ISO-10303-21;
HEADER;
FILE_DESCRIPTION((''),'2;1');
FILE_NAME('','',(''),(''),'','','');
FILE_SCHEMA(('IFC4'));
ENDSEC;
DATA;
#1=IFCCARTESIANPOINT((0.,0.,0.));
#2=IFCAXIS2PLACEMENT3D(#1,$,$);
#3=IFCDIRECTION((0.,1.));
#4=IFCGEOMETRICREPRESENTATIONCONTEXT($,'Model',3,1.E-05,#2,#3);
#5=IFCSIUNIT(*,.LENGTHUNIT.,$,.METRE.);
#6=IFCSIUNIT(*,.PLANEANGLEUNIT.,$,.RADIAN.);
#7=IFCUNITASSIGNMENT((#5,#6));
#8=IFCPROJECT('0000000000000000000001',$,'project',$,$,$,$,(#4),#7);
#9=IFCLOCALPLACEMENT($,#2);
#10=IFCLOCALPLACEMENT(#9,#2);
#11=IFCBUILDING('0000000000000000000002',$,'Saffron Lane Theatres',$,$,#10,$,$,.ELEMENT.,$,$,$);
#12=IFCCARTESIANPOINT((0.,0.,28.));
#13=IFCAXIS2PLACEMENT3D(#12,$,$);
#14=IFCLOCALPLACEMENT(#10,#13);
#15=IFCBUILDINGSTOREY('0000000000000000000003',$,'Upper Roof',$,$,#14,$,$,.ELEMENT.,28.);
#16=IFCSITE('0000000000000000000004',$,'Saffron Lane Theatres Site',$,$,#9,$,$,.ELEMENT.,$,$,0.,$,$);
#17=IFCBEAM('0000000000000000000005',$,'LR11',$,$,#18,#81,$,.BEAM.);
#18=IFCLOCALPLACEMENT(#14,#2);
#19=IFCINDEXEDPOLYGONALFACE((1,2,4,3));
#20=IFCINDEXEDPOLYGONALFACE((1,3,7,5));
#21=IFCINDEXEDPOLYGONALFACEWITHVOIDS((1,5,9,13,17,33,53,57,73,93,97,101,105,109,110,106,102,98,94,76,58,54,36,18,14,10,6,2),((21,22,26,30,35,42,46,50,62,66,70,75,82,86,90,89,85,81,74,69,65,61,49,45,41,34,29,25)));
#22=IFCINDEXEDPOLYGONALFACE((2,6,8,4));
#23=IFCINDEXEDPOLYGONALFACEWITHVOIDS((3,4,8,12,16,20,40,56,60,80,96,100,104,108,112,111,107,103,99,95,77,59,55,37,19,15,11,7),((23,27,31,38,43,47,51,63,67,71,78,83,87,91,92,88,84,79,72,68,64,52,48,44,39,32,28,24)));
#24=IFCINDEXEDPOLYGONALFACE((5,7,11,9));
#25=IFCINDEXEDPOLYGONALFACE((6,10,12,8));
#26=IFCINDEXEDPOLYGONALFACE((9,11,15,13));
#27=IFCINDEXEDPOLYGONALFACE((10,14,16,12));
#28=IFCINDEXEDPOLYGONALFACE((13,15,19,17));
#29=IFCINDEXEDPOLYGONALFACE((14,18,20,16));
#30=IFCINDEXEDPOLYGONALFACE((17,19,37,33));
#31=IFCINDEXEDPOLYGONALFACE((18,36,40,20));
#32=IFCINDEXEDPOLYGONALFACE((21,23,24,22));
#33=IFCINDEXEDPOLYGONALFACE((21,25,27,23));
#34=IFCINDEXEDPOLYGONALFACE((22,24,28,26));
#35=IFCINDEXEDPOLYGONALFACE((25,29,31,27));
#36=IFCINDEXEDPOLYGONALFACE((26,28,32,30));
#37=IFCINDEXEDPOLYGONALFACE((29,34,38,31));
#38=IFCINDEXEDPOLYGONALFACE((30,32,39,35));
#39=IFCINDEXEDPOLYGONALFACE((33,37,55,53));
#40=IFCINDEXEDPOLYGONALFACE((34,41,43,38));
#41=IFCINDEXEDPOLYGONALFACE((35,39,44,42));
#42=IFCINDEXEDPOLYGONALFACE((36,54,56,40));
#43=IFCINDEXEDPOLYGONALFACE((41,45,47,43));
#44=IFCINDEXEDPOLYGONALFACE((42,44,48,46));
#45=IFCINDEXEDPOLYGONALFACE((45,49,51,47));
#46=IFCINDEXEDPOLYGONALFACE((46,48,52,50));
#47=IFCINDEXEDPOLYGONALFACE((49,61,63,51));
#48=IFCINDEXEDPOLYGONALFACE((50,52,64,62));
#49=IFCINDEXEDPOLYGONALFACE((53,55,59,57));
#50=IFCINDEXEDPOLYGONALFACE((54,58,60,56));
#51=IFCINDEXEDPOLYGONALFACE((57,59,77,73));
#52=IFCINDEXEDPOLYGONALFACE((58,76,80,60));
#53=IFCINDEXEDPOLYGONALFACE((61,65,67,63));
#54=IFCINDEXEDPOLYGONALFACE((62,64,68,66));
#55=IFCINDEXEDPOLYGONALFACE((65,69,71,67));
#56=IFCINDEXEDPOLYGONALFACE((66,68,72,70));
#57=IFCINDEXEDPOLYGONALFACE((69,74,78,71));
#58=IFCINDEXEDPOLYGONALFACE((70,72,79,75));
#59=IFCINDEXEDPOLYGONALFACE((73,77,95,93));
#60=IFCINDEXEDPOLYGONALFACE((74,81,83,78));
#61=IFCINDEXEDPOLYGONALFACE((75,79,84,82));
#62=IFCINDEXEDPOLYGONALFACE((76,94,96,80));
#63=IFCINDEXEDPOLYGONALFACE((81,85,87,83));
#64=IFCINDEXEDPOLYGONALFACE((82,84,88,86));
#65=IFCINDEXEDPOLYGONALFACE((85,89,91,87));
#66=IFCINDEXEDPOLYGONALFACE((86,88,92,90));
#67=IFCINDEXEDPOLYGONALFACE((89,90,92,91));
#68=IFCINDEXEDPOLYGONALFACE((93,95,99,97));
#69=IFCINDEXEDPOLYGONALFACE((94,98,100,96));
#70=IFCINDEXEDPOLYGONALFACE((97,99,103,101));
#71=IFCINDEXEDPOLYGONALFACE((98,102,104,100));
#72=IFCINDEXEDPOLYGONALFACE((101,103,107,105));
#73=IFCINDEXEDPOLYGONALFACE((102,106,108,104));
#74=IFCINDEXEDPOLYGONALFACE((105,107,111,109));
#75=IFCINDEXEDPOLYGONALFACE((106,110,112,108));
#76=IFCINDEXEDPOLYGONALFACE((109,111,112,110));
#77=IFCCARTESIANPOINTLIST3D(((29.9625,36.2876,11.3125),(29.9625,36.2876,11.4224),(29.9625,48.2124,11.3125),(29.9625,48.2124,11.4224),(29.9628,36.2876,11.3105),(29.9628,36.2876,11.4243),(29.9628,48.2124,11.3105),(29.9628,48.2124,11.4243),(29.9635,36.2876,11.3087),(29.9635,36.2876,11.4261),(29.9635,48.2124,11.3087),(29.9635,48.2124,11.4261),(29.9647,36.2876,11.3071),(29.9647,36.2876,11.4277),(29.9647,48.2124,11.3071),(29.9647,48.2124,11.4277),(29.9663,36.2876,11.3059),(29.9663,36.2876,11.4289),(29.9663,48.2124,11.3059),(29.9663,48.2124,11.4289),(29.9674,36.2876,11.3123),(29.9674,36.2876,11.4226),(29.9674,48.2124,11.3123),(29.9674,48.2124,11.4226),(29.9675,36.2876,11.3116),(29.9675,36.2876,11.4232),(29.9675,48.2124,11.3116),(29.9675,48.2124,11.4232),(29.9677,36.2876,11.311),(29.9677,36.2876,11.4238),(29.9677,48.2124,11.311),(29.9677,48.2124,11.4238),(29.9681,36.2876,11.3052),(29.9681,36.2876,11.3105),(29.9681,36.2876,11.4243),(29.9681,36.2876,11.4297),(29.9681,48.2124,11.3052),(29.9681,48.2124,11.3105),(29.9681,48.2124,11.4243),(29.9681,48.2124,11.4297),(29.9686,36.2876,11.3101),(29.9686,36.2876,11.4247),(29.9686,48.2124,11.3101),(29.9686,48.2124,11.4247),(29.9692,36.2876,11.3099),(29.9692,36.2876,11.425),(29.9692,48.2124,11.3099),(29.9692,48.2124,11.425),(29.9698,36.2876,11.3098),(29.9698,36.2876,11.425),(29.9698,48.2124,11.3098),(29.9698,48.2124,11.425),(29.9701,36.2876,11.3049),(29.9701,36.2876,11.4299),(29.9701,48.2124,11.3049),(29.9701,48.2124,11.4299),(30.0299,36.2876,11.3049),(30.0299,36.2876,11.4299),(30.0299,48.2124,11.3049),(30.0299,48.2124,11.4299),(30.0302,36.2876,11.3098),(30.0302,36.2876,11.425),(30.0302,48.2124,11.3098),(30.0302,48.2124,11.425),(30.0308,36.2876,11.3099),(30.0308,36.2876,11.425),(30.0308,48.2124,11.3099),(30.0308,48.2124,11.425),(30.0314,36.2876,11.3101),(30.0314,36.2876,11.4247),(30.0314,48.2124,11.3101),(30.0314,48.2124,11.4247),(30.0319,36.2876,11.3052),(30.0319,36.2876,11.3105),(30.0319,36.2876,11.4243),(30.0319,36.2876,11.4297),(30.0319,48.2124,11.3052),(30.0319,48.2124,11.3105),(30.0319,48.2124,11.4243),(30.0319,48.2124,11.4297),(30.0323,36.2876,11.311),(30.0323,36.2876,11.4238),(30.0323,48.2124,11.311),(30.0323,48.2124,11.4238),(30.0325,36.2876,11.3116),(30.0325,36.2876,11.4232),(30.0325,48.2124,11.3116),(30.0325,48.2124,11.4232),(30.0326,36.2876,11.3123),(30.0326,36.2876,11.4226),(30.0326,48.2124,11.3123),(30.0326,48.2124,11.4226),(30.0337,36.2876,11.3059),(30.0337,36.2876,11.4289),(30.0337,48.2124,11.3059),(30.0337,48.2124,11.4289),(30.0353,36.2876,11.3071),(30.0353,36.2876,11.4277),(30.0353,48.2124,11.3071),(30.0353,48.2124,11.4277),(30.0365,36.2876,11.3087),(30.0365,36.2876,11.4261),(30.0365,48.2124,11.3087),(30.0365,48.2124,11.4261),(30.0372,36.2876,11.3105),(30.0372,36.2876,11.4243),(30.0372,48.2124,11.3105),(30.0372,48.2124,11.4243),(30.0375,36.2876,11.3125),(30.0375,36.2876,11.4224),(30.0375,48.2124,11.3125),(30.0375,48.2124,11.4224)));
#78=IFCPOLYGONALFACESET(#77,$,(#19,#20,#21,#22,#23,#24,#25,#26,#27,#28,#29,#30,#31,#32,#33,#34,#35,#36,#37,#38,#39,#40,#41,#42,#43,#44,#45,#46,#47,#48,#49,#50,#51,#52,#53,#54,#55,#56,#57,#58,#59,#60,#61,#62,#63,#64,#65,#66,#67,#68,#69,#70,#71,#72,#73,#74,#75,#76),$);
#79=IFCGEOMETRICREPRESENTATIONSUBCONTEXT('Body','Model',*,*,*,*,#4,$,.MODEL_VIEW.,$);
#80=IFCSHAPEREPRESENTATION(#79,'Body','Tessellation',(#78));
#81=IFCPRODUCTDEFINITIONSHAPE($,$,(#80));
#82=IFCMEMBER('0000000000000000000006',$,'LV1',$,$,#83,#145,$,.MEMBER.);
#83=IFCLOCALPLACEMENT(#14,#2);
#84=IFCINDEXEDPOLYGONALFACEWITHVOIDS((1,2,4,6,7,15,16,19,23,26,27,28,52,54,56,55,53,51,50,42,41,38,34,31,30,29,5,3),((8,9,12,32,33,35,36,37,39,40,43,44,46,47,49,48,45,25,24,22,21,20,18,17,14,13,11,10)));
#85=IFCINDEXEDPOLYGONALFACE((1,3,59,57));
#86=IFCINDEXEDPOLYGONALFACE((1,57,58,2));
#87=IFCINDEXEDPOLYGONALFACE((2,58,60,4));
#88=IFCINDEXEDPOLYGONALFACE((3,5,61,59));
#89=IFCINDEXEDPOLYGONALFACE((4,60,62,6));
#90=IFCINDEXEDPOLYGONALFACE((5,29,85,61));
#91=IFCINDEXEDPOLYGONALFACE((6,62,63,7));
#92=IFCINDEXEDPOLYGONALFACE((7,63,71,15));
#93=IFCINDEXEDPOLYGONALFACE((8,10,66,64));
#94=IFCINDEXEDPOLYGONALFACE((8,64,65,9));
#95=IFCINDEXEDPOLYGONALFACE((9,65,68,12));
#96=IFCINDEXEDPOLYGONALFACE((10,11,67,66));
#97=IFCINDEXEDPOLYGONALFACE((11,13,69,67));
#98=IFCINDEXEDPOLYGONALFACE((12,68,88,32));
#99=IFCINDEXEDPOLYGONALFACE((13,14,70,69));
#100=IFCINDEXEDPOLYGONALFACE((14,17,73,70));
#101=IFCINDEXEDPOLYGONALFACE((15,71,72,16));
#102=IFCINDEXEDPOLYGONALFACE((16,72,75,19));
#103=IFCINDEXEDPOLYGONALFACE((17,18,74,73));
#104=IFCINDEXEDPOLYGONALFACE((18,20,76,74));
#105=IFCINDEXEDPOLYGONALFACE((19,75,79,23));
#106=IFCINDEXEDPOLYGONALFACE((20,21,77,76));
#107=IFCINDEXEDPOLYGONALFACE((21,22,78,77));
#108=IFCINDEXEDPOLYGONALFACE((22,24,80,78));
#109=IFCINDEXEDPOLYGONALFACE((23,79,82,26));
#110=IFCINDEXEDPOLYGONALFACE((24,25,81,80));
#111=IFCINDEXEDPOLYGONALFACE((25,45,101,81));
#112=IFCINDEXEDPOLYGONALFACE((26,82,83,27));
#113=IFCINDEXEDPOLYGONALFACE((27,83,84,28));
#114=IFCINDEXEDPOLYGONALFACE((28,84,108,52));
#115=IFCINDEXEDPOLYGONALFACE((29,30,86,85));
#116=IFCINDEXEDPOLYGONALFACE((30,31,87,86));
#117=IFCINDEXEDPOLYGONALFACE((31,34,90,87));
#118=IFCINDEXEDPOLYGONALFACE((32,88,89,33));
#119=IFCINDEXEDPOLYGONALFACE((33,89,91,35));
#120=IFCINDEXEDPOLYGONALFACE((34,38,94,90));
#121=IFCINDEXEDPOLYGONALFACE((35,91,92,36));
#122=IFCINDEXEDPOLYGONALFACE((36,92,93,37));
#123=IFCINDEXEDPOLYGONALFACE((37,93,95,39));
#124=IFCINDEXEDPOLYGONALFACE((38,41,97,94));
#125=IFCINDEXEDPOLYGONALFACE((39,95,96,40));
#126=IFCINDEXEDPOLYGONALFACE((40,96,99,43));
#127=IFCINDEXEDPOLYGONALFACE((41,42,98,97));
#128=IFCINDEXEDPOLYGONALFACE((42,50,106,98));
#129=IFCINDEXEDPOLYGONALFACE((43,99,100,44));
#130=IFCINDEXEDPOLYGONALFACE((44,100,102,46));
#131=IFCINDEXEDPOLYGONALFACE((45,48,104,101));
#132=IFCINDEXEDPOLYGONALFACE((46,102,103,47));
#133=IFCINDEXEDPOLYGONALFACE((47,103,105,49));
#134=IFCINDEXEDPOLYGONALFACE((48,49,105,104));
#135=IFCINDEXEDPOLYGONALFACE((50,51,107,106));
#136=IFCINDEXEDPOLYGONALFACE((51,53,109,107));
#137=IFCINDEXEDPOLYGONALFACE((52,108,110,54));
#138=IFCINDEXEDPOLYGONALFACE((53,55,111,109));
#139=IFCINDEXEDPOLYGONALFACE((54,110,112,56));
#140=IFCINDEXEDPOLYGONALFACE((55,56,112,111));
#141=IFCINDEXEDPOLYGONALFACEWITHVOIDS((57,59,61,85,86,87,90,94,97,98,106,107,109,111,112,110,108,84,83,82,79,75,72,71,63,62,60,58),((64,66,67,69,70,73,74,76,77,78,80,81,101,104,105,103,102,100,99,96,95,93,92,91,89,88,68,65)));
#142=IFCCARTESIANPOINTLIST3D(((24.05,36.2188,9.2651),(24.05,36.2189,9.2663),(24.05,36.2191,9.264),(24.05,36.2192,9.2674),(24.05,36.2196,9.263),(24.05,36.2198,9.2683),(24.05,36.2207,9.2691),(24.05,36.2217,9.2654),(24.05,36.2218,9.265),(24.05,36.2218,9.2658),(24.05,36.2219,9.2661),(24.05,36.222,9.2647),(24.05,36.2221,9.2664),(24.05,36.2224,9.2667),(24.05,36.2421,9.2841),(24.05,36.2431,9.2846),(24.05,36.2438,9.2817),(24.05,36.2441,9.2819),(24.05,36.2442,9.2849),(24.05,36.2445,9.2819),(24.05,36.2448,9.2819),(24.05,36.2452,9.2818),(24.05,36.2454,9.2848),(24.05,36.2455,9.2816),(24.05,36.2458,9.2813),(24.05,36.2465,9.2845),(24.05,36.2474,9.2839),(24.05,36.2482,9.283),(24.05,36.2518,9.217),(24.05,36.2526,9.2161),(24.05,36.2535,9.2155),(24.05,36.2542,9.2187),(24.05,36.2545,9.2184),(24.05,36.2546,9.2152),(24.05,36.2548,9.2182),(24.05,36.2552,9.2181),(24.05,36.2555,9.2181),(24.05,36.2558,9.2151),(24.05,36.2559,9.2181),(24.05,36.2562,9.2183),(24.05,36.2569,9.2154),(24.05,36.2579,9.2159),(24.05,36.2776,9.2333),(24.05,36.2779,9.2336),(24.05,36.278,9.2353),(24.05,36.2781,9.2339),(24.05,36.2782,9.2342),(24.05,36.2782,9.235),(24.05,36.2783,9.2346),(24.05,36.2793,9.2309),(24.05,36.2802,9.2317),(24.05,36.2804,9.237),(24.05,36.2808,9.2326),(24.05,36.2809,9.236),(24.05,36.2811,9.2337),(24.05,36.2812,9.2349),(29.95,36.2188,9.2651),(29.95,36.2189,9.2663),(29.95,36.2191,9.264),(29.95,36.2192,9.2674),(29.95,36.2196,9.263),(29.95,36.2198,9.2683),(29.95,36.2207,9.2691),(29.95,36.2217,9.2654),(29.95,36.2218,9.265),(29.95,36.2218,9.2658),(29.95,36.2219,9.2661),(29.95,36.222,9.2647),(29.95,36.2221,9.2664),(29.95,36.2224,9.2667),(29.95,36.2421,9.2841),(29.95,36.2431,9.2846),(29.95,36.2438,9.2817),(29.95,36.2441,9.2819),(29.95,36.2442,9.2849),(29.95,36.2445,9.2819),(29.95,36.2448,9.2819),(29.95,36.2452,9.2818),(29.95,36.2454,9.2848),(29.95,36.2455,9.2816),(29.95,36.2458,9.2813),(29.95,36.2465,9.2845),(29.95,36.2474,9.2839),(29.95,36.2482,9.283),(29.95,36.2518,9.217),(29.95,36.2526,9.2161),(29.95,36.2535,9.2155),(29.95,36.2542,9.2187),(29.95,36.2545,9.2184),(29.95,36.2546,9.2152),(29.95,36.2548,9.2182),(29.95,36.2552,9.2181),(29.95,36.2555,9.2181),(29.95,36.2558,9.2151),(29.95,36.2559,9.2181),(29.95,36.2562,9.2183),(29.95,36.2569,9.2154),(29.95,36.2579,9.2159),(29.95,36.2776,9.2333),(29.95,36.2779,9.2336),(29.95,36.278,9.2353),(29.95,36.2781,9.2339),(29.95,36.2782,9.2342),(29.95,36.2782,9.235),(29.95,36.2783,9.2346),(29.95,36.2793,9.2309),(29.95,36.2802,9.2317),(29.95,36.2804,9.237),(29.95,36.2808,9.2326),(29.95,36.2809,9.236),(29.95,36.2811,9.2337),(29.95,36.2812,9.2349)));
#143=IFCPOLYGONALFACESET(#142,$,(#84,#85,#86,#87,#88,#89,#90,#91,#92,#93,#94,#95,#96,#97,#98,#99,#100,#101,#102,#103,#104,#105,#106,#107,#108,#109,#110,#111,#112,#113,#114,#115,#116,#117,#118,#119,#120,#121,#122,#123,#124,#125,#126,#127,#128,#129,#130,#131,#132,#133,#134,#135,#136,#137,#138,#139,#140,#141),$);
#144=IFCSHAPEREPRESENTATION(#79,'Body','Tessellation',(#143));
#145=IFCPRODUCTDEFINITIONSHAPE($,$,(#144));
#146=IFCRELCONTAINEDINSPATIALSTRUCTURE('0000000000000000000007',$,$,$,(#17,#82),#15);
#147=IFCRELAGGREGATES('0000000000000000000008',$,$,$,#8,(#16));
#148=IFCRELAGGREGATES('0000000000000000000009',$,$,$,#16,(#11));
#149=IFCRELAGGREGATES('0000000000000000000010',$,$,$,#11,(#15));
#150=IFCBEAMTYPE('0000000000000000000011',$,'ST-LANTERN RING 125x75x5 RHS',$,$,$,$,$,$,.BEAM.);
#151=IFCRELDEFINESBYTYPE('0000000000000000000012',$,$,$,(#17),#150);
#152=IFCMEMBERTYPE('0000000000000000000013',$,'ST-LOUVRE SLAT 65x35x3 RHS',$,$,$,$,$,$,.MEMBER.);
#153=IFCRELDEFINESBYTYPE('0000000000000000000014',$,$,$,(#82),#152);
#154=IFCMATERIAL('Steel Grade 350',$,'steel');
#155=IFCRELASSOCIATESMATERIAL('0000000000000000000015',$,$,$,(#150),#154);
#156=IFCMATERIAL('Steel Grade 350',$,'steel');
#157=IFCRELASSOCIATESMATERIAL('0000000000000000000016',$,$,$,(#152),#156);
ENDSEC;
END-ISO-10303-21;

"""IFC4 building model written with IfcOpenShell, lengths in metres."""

from ifc_helpers import new_model, si_unit, direction, frame, origin, origin_2d, place, context, subcontext, project, spatial, hollow_rectangle, extrude, material, material_profile, profile_set, type_object, element, save


model = new_model("IFC4")

# Units and contexts
model_context = context("Model", 3, precision=1e-05, world=origin(), true_north=direction((0.0, 1.0)))
body_context = subcontext(model_context, "Body", "Model", "MODEL_VIEW")
ifc_project = project(units=[si_unit("LENGTHUNIT", "METRE"), si_unit("PLANEANGLEUNIT", "RADIAN")], contexts=[model_context])

# Site, building, storey
site_placement = place(None, origin())
site = spatial("IfcSite", under=ifc_project, at=site_placement, Name="Saffron Lane Theatres Site", CompositionType="ELEMENT", RefElevation=0.0)
building_placement = place(site_placement, origin())
building = spatial("IfcBuilding", under=site, at=building_placement, Name="Saffron Lane Theatres", CompositionType="ELEMENT")
storey_placement = place(building_placement, frame((0.0, 0.0, 28.0)))
storey = spatial("IfcBuildingStorey", under=building, at=storey_placement, Name="Upper Roof", CompositionType="ELEMENT", Elevation=28.0)

# Beam
ifc_material_1 = material(Name="Steel Grade 350", Category="steel")
ifc_material_profile_1 = material_profile(ifc_material_1, hollow_rectangle(XDim=0.075, YDim=0.125, WallThickness=0.0049, InnerFilletRadius=0.0024, OuterFilletRadius=0.0076, at=origin_2d()))
ifc_profile_set_1 = profile_set([ifc_material_profile_1], Name="Steel Grade 350")
beam_type_1 = type_object("IfcBeamType", Name="ST-LANTERN RING 125x75x5 RHS", PredefinedType="BEAM", material=ifc_profile_set_1)
beam_1_placement = place(storey_placement, frame((30.0, 36.2876, 11.3674), z_axis=(0.0, 1.0, 0.0), x_axis=(-1.0, 0.0, 0.0)))
element("IfcBeam", 1, at=beam_1_placement, inside=storey, type_object=beam_type_1, Name="LR11", PredefinedType="BEAM", context=body_context, shape_type="SweptSolid", body=[
    extrude(hollow_rectangle(XDim=0.075, YDim=0.125, WallThickness=0.0049, InnerFilletRadius=0.0024, OuterFilletRadius=0.0076, at=origin_2d()), origin(), (0.0, 0.0, 1.0), 11.9248),
])

# Member
ifc_material_2 = material(Name="Steel Grade 350", Category="steel")
ifc_material_profile_2 = material_profile(ifc_material_2, hollow_rectangle(XDim=0.0349, YDim=0.0649, WallThickness=0.0029, InnerFilletRadius=0.0015, OuterFilletRadius=0.0044, at=origin_2d()))
ifc_profile_set_2 = profile_set([ifc_material_profile_2], Name="Steel Grade 350")
member_type_1 = type_object("IfcMemberType", Name="ST-LOUVRE SLAT 65x35x3 RHS", PredefinedType="MEMBER", material=ifc_profile_set_2)
for number, where, z_axis, x_axis, name in (
    (2, (24.05, 36.25, 9.25), (1.0, 0.0, 0.0), (0.0, 0.819152, 0.573576), "LV1"),
):
    element("IfcMember", number, at=place(storey_placement, frame(where, z_axis=z_axis, x_axis=x_axis)), inside=storey, type_object=member_type_1, Name=name, PredefinedType="MEMBER", context=body_context, shape_type="SweptSolid", body=[
        extrude(hollow_rectangle(XDim=0.0349, YDim=0.0649, WallThickness=0.0029, InnerFilletRadius=0.0015, OuterFilletRadius=0.0044, at=origin_2d()), origin(), (0.0, 0.0, 1.0), 5.8999),
    ])

save(model, "model.ifc")
